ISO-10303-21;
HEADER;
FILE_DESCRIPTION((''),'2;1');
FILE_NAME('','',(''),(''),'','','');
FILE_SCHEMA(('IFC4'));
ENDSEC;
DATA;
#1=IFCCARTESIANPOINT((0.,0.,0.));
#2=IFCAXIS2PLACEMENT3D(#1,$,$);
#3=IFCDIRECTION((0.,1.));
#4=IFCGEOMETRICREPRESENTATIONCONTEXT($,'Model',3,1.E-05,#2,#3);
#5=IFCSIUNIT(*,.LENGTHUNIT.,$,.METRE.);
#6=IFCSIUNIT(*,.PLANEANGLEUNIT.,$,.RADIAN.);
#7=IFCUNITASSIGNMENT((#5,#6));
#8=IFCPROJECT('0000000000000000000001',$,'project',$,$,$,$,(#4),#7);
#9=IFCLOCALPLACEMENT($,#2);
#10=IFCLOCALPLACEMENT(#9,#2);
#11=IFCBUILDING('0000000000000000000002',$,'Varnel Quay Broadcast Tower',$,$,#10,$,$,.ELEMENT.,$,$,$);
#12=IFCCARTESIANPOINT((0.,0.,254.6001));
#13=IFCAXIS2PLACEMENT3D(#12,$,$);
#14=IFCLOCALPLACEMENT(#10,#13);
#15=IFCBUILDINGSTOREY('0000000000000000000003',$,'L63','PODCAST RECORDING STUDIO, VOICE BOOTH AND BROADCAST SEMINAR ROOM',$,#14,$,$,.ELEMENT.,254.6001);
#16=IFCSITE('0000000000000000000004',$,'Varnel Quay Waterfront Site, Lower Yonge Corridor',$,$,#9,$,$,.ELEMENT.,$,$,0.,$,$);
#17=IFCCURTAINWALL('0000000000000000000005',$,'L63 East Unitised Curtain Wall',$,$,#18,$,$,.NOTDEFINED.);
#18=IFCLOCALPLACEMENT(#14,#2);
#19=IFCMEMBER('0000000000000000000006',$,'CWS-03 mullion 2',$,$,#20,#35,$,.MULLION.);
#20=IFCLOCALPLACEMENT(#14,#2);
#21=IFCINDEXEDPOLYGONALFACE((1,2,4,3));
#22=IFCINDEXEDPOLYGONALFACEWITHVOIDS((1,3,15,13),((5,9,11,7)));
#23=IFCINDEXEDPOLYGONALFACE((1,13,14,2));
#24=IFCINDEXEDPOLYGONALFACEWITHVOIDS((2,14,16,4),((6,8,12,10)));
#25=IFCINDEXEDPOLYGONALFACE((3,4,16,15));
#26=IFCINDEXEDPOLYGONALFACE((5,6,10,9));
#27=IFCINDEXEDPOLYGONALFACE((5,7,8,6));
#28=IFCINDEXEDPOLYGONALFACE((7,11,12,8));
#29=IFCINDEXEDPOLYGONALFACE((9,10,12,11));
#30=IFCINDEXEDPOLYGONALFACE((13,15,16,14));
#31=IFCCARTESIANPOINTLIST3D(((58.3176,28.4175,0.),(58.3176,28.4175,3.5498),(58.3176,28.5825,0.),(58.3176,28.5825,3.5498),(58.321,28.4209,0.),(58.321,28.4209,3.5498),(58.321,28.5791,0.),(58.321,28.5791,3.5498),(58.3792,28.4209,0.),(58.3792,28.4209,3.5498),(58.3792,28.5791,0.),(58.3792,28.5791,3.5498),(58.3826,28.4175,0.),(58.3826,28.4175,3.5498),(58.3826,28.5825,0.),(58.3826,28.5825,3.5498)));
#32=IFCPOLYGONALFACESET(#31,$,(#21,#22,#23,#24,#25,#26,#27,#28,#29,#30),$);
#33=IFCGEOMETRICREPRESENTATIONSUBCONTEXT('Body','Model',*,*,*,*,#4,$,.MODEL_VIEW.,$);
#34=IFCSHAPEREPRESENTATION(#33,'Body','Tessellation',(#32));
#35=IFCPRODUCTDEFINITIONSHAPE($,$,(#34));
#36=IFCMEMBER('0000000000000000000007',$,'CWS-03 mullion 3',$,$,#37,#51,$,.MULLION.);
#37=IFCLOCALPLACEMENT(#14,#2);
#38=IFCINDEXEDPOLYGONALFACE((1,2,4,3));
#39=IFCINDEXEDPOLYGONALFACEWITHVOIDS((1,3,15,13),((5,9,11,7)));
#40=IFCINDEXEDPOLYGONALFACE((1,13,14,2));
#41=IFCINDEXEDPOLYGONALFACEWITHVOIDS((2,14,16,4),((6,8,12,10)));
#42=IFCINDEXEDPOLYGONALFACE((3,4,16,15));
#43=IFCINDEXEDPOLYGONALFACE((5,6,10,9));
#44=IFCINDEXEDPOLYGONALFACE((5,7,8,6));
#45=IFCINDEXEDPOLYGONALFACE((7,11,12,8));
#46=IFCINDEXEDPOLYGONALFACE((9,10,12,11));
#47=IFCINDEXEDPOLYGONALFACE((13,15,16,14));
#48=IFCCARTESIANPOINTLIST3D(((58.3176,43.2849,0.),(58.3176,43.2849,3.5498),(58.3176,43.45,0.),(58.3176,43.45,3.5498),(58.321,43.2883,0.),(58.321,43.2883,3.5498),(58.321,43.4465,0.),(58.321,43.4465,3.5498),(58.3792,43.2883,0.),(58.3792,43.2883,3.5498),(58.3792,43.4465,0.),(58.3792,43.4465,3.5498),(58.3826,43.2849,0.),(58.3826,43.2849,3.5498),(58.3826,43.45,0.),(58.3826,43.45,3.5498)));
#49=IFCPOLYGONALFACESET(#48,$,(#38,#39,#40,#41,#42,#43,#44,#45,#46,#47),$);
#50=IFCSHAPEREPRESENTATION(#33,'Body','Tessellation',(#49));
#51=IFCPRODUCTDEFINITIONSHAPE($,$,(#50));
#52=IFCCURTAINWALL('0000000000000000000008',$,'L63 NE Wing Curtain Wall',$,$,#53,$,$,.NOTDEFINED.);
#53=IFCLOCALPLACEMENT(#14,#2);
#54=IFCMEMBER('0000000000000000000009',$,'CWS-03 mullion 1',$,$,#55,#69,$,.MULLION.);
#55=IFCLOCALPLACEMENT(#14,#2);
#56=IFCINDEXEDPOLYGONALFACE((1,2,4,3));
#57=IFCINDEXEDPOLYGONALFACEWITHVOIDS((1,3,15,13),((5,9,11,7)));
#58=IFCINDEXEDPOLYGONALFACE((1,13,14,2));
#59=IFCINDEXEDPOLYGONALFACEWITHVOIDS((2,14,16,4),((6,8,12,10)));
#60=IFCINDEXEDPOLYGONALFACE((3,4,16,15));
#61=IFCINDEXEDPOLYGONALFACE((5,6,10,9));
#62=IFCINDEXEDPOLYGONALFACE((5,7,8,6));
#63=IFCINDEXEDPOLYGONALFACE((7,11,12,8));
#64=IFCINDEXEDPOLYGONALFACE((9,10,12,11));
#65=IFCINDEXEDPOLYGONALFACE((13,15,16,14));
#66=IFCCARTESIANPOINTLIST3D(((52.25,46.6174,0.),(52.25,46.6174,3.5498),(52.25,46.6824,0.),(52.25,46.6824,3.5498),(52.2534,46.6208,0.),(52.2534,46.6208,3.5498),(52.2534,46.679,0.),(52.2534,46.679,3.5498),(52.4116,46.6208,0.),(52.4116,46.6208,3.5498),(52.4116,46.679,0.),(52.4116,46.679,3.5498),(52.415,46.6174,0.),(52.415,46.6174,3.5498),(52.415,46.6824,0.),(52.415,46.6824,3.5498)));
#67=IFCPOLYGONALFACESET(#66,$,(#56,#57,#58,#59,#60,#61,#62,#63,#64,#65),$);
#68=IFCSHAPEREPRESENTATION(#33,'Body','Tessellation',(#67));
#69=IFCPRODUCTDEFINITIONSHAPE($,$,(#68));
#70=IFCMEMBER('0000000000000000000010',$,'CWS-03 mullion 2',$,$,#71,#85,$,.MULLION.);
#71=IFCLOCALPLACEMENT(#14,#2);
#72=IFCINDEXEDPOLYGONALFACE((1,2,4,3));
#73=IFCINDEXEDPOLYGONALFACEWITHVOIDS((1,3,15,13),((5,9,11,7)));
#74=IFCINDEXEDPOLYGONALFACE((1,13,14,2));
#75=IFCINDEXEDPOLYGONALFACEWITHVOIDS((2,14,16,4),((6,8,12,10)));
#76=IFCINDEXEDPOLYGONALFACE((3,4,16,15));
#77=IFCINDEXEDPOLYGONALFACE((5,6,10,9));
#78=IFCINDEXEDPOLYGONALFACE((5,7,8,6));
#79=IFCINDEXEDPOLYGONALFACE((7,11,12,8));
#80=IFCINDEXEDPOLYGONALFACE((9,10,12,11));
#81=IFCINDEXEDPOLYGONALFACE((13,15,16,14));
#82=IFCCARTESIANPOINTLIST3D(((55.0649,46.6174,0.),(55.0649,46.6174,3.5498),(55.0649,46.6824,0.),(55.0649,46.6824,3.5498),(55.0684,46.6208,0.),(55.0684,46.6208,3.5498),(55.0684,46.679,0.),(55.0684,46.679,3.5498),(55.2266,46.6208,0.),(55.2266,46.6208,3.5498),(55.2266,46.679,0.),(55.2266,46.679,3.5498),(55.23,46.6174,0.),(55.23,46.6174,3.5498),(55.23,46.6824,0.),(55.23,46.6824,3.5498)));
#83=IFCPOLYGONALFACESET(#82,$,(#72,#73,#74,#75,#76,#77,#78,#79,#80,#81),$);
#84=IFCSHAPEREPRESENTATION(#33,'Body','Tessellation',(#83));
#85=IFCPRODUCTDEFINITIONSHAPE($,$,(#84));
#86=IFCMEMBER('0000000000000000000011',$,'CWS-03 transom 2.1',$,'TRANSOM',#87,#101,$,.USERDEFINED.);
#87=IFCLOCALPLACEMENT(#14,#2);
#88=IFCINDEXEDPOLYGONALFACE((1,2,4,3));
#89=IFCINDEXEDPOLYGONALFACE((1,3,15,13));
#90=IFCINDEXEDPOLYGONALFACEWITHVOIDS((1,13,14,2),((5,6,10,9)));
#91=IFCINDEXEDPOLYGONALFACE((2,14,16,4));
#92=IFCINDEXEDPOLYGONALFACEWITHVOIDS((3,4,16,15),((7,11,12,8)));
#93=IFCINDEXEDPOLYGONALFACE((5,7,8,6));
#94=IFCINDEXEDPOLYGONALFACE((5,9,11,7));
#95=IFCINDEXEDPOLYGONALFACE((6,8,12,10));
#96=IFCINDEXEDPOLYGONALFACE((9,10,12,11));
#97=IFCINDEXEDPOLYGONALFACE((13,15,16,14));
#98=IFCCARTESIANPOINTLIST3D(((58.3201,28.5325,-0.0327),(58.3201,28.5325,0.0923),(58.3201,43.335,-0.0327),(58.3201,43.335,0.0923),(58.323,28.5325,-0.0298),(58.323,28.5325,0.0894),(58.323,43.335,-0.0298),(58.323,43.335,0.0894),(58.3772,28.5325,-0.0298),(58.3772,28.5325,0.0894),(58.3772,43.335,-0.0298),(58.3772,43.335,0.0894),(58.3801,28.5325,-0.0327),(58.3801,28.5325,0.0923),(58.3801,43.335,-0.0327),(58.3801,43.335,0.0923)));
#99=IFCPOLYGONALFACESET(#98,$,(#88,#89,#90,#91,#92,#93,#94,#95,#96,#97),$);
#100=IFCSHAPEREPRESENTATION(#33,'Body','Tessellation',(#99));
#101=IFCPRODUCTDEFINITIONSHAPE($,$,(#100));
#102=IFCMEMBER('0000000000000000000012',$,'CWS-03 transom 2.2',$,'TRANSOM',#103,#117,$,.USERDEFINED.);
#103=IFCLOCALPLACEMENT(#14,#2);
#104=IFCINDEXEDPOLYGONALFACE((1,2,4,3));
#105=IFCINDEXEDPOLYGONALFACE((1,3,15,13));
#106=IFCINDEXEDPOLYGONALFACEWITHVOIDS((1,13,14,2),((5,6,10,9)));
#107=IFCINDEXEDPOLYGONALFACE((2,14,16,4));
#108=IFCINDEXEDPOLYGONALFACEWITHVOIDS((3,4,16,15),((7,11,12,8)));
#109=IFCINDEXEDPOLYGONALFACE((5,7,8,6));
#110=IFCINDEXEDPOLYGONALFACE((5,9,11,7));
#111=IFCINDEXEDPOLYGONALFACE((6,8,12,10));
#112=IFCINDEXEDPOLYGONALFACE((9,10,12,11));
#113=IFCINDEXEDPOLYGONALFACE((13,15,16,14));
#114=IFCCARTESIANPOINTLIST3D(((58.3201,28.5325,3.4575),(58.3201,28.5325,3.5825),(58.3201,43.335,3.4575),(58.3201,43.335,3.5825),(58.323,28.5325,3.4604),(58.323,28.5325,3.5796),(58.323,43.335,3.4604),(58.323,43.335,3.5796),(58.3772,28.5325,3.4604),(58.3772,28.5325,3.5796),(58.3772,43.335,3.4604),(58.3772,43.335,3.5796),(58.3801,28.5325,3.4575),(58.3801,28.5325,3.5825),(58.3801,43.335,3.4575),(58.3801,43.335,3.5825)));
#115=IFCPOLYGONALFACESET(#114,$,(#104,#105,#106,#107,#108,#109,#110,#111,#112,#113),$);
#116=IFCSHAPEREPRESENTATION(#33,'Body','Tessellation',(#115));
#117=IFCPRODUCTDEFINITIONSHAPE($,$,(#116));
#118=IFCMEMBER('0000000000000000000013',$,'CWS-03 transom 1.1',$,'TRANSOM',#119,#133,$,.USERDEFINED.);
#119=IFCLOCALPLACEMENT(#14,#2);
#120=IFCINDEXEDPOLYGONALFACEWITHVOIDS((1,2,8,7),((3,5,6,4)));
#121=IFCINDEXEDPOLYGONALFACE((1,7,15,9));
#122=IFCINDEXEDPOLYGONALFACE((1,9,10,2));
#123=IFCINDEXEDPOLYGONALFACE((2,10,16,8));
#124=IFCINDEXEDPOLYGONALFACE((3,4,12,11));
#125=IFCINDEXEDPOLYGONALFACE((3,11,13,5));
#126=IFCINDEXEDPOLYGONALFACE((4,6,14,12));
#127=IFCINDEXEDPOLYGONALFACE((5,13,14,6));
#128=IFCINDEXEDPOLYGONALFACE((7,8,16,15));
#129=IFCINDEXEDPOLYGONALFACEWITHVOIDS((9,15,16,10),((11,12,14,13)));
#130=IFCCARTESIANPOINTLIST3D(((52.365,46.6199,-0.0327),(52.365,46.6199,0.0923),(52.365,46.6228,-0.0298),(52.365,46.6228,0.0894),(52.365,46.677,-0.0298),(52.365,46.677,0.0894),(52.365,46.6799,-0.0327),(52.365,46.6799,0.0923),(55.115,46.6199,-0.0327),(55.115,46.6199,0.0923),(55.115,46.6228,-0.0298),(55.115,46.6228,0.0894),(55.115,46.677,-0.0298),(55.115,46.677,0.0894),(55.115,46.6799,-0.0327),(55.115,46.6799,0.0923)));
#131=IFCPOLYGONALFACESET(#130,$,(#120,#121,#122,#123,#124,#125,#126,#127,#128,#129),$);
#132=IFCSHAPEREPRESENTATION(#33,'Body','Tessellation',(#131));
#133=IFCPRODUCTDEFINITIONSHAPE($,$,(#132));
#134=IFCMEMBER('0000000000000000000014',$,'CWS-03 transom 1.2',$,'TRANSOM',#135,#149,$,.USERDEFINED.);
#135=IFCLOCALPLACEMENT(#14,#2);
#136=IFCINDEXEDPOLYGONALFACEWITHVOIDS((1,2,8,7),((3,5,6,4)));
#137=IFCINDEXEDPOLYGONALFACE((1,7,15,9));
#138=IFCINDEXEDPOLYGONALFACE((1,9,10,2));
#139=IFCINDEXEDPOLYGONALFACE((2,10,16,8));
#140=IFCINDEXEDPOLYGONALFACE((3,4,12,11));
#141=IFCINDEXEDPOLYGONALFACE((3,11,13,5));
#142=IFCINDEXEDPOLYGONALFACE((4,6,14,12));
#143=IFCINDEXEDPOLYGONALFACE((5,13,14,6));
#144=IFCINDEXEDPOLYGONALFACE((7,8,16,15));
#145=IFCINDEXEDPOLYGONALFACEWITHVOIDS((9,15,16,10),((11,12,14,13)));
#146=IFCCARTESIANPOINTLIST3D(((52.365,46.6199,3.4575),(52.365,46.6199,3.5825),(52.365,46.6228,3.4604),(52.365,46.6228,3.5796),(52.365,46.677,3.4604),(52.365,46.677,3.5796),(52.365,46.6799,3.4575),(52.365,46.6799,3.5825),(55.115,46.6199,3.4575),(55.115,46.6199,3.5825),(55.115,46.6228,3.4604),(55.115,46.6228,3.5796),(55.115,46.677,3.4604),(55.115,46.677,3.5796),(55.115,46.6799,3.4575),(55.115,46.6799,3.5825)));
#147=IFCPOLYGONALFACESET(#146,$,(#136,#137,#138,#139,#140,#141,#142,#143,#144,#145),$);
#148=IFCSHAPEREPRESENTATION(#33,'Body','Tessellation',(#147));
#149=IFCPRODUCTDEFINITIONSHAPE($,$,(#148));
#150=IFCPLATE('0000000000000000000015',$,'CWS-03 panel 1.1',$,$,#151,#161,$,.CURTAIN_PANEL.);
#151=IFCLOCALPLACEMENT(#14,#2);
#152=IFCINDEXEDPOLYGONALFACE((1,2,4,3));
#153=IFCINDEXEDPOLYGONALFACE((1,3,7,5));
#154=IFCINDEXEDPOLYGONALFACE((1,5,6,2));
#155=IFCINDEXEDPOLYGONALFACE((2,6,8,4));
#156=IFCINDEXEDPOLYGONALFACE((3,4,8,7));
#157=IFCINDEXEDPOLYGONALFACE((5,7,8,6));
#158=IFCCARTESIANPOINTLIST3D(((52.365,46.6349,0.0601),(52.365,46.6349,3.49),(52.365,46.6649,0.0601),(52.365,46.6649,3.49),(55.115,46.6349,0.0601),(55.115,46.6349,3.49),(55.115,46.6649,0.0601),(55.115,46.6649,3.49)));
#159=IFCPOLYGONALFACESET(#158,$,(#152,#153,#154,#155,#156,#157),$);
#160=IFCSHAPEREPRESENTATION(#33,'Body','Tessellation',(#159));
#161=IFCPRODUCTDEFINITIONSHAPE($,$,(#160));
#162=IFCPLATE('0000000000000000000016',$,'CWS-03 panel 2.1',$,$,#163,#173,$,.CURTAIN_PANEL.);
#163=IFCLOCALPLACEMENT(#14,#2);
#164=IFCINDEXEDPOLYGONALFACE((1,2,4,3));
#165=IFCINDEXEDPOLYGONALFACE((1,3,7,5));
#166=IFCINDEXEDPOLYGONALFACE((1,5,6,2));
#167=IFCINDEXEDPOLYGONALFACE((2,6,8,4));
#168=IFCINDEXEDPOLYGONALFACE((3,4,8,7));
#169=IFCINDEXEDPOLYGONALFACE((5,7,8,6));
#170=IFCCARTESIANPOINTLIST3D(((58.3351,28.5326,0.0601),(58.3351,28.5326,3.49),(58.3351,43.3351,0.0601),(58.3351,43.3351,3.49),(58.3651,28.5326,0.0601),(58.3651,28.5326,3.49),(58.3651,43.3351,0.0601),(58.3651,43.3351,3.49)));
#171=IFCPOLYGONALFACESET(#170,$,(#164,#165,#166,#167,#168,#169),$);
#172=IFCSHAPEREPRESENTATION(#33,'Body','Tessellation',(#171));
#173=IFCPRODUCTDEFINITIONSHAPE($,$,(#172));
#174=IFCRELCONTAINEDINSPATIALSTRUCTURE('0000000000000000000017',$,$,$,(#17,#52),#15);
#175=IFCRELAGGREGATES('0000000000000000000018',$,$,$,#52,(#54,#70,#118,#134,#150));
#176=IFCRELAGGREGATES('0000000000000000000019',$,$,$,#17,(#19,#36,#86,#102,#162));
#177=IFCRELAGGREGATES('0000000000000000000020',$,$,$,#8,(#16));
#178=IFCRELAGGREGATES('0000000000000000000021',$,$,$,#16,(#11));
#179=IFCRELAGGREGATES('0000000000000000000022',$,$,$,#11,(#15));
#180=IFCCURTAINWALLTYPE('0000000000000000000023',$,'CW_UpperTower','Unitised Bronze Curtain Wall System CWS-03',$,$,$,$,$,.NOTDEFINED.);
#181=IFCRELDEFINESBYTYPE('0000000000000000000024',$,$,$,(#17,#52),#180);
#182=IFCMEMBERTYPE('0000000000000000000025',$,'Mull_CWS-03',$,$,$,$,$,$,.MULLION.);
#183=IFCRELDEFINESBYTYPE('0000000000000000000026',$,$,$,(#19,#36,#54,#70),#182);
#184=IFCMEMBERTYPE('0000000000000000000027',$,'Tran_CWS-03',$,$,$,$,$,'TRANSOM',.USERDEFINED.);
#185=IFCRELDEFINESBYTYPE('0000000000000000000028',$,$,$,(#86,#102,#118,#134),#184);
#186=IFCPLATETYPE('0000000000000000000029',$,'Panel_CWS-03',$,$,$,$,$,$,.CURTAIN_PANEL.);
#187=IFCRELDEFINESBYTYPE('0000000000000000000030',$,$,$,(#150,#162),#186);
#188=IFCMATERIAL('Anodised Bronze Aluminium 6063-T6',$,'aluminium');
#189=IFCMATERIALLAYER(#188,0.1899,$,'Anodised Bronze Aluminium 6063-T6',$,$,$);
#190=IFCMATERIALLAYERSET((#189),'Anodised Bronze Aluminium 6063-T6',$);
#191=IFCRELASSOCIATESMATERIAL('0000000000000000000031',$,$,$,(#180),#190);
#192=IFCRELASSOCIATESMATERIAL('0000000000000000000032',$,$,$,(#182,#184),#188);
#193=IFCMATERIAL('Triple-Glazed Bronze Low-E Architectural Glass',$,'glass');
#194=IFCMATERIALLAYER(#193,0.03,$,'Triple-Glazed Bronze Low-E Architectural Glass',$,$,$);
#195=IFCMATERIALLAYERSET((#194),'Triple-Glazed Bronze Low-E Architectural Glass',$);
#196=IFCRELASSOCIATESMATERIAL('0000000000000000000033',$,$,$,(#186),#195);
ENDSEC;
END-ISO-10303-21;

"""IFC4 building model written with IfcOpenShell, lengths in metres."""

from ifc_helpers import new_model, si_unit, direction, frame, origin, origin_2d, place, context, subcontext, project, spatial, rectangle, hollow_rectangle, extrude, source, transform, mapped, material, layer, layer_set, material_profile, profile_set, type_object, type_shapes, element, aggregate, save


model = new_model("IFC4")

# Units and contexts
model_context = context("Model", 3, precision=1e-05, world=origin(), true_north=direction((0.0, 1.0)))
body_context = subcontext(model_context, "Body", "Model", "MODEL_VIEW")
ifc_project = project(units=[si_unit("LENGTHUNIT", "METRE"), si_unit("PLANEANGLEUNIT", "RADIAN")], contexts=[model_context])

# Site, building, storey
site_placement = place(None, origin())
site = spatial("IfcSite", under=ifc_project, at=site_placement, Name="Varnel Quay Waterfront Site, Lower Yonge Corridor", CompositionType="ELEMENT", RefElevation=0.0)
building_placement = place(site_placement, origin())
building = spatial("IfcBuilding", under=site, at=building_placement, Name="Varnel Quay Broadcast Tower", CompositionType="ELEMENT")
storey_placement = place(building_placement, frame((0.0, 0.0, 254.6001)))
storey = spatial("IfcBuildingStorey", under=building, at=storey_placement, Name="L63", Description="PODCAST RECORDING STUDIO, VOICE BOOTH AND BROADCAST SEMINAR ROOM", CompositionType="ELEMENT", Elevation=254.6001)

# Curtain walls, members
ifc_material_1 = material(Name="Anodised Bronze Aluminium 6063-T6", Category="aluminium")
ifc_layer_1 = layer(ifc_material_1, 0.1899, Name="Anodised Bronze Aluminium 6063-T6")
ifc_layer_set_1 = layer_set([ifc_layer_1], Name="Anodised Bronze Aluminium 6063-T6")
curtain_wall_type = type_object("IfcCurtainWallType", Name="CW_UpperTower", Description="Unitised Bronze Curtain Wall System CWS-03", PredefinedType="NOTDEFINED", material=ifc_layer_set_1)
curtain_wall_1_placement = place(storey_placement, origin())
curtain_wall_1 = element("IfcCurtainWall", 1, at=curtain_wall_1_placement, inside=storey, type_object=curtain_wall_type, Name="L63 East Unitised Curtain Wall", PredefinedType="NOTDEFINED")
ifc_material_profile_1 = material_profile(ifc_material_1, hollow_rectangle(XDim=0.0649, YDim=0.165, WallThickness=0.0034, at=origin_2d()), Name="ALU65X165X3.5")
ifc_profile_set_1 = profile_set([ifc_material_profile_1], Name="Anodised Bronze Aluminium 6063-T6")
member_type_1 = type_object("IfcMemberType", Name="Mull_CWS-03", PredefinedType="MULLION", material=ifc_profile_set_1)
shared_shape_1 = source(origin(), body_context, "Body", "SweptSolid", [
    extrude(hollow_rectangle(XDim=0.0649, YDim=0.165, WallThickness=0.0034, at=origin_2d()), origin(), (0.0, 0.0, 1.0), 3.5498),
])
type_shapes(member_type_1, [shared_shape_1])
member_1_placement = place(storey_placement, frame((58.3501, 28.5, 0.0), z_axis=(0.0, 0.0, 1.0), x_axis=(-1.0, 0.0, 0.0)))
member_1 = element("IfcMember", 2, at=member_1_placement, type_object=member_type_1, Name="CWS-03 mullion 2", PredefinedType="MULLION", context=body_context, shape_type="MappedRepresentation", body=[
    mapped(shared_shape_1, transform((0.0, 0.0, 0.0), x_axis=(1.0, 0.0, 0.0), y_axis=(0.0, 1.0, 0.0), z_axis=(0.0, 0.0, 1.0), scale=1.0)),
])
member_2_placement = place(storey_placement, frame((58.3501, 43.3674, 0.0), z_axis=(0.0, 0.0, 1.0), x_axis=(-1.0, 0.0, 0.0)))
member_2 = element("IfcMember", 3, at=member_2_placement, type_object=member_type_1, Name="CWS-03 mullion 3", PredefinedType="MULLION", context=body_context, shape_type="MappedRepresentation", body=[
    mapped(shared_shape_1, transform((0.0, 0.0, 0.0), x_axis=(1.0, 0.0, 0.0), y_axis=(0.0, 1.0, 0.0), z_axis=(0.0, 0.0, 1.0), scale=1.0)),
])
curtain_wall_2_placement = place(storey_placement, origin())
curtain_wall_2 = element("IfcCurtainWall", 4, at=curtain_wall_2_placement, inside=storey, type_object=curtain_wall_type, Name="L63 NE Wing Curtain Wall", PredefinedType="NOTDEFINED")
member_3_placement = place(storey_placement, frame((52.3325, 46.6499, 0.0), z_axis=(0.0, 0.0, 1.0), x_axis=(0.0, 1.0, 0.0)))
member_3 = element("IfcMember", 5, at=member_3_placement, type_object=member_type_1, Name="CWS-03 mullion 1", PredefinedType="MULLION", context=body_context, shape_type="MappedRepresentation", body=[
    mapped(shared_shape_1, transform((0.0, 0.0, 0.0), x_axis=(1.0, 0.0, 0.0), y_axis=(0.0, 1.0, 0.0), z_axis=(0.0, 0.0, 1.0), scale=1.0)),
])
member_4_placement = place(storey_placement, frame((55.1475, 46.6499, 0.0), z_axis=(0.0, 0.0, 1.0), x_axis=(0.0, 1.0, 0.0)))
member_4 = element("IfcMember", 6, at=member_4_placement, type_object=member_type_1, Name="CWS-03 mullion 2", PredefinedType="MULLION", context=body_context, shape_type="MappedRepresentation", body=[
    mapped(shared_shape_1, transform((0.0, 0.0, 0.0), x_axis=(1.0, 0.0, 0.0), y_axis=(0.0, 1.0, 0.0), z_axis=(0.0, 0.0, 1.0), scale=1.0)),
])

# Members
ifc_material_profile_2 = material_profile(ifc_material_1, hollow_rectangle(XDim=0.0601, YDim=0.125, WallThickness=0.0029, at=origin_2d()), Name="ALU60X125X3")
ifc_profile_set_2 = profile_set([ifc_material_profile_2], Name="Anodised Bronze Aluminium 6063-T6")
member_type_2 = type_object("IfcMemberType", Name="Tran_CWS-03", ElementType="TRANSOM", PredefinedType="USERDEFINED", material=ifc_profile_set_2)
shared_shape_2 = source(origin(), body_context, "Body", "SweptSolid", [
    extrude(hollow_rectangle(XDim=0.0601, YDim=0.125, WallThickness=0.0029, at=origin_2d()), origin(), (0.0, 0.0, 1.0), 14.8025),
])
member_5_placement = place(storey_placement, frame((58.3501, 28.5325, 0.0298), z_axis=(0.0, 1.0, 0.0), x_axis=(-1.0, 0.0, 0.0)))
member_5 = element("IfcMember", 7, at=member_5_placement, type_object=member_type_2, Name="CWS-03 transom 2.1", ObjectType="TRANSOM", PredefinedType="USERDEFINED", context=body_context, shape_type="MappedRepresentation", body=[
    mapped(shared_shape_2, transform((0.0, 0.0, 0.0), x_axis=(1.0, 0.0, 0.0), y_axis=(0.0, 1.0, 0.0), z_axis=(0.0, 0.0, 1.0), scale=1.0)),
])
member_6_placement = place(storey_placement, frame((58.3501, 28.5325, 3.52), z_axis=(0.0, 1.0, 0.0), x_axis=(-1.0, 0.0, 0.0)))
member_6 = element("IfcMember", 8, at=member_6_placement, type_object=member_type_2, Name="CWS-03 transom 2.2", ObjectType="TRANSOM", PredefinedType="USERDEFINED", context=body_context, shape_type="MappedRepresentation", body=[
    mapped(shared_shape_2, transform((0.0, 0.0, 0.0), x_axis=(1.0, 0.0, 0.0), y_axis=(0.0, 1.0, 0.0), z_axis=(0.0, 0.0, 1.0), scale=1.0)),
])
shared_shape_3 = source(origin(), body_context, "Body", "SweptSolid", [
    extrude(hollow_rectangle(XDim=0.0601, YDim=0.125, WallThickness=0.0029, at=origin_2d()), origin(), (0.0, 0.0, 1.0), 2.75),
])
type_shapes(member_type_2, [shared_shape_2, shared_shape_3])
member_7_placement = place(storey_placement, frame((52.365, 46.6499, 0.0298), z_axis=(1.0, 0.0, 0.0), x_axis=(0.0, 1.0, 0.0)))
member_7 = element("IfcMember", 9, at=member_7_placement, type_object=member_type_2, Name="CWS-03 transom 1.1", ObjectType="TRANSOM", PredefinedType="USERDEFINED", context=body_context, shape_type="MappedRepresentation", body=[
    mapped(shared_shape_3, transform((0.0, 0.0, 0.0), x_axis=(1.0, 0.0, 0.0), y_axis=(0.0, 1.0, 0.0), z_axis=(0.0, 0.0, 1.0), scale=1.0)),
])
member_8_placement = place(storey_placement, frame((52.365, 46.6499, 3.52), z_axis=(1.0, 0.0, 0.0), x_axis=(0.0, 1.0, 0.0)))
member_8 = element("IfcMember", 10, at=member_8_placement, type_object=member_type_2, Name="CWS-03 transom 1.2", ObjectType="TRANSOM", PredefinedType="USERDEFINED", context=body_context, shape_type="MappedRepresentation", body=[
    mapped(shared_shape_3, transform((0.0, 0.0, 0.0), x_axis=(1.0, 0.0, 0.0), y_axis=(0.0, 1.0, 0.0), z_axis=(0.0, 0.0, 1.0), scale=1.0)),
])

# Plates
ifc_material_2 = material(Name="Triple-Glazed Bronze Low-E Architectural Glass", Category="glass")
ifc_layer_2 = layer(ifc_material_2, 0.03, Name="Triple-Glazed Bronze Low-E Architectural Glass")
ifc_layer_set_2 = layer_set([ifc_layer_2], Name="Triple-Glazed Bronze Low-E Architectural Glass")
plate_type = type_object("IfcPlateType", Name="Panel_CWS-03", PredefinedType="CURTAIN_PANEL", material=ifc_layer_set_2)
shared_shape_4 = source(origin(), body_context, "Body", "SweptSolid", [
    extrude(rectangle(XDim=2.75, YDim=0.03, at=origin_2d()), origin(), (0.0, 0.0, 1.0), 3.4299),
])
plate_1_placement = place(storey_placement, frame((53.74, 46.6499, 0.0601), z_axis=(0.0, 0.0, 1.0), x_axis=(1.0, 0.0, 0.0)))
plate_1 = element("IfcPlate", 11, at=plate_1_placement, type_object=plate_type, Name="CWS-03 panel 1.1", PredefinedType="CURTAIN_PANEL", context=body_context, shape_type="MappedRepresentation", body=[
    mapped(shared_shape_4, transform((0.0, 0.0, 0.0), x_axis=(1.0, 0.0, 0.0), y_axis=(0.0, 1.0, 0.0), z_axis=(0.0, 0.0, 1.0), scale=1.0)),
])
aggregate(curtain_wall_2, [member_3, member_4, member_7, member_8, plate_1])
shared_shape_5 = source(origin(), body_context, "Body", "SweptSolid", [
    extrude(rectangle(XDim=14.8025, YDim=0.03, at=origin_2d()), origin(), (0.0, 0.0, 1.0), 3.4299),
])
type_shapes(plate_type, [shared_shape_4, shared_shape_5])
plate_2_placement = place(storey_placement, frame((58.3501, 35.9338, 0.0601), z_axis=(0.0, 0.0, 1.0), x_axis=(0.0, 1.0, 0.0)))
plate_2 = element("IfcPlate", 12, at=plate_2_placement, type_object=plate_type, Name="CWS-03 panel 2.1", PredefinedType="CURTAIN_PANEL", context=body_context, shape_type="MappedRepresentation", body=[
    mapped(shared_shape_5, transform((0.0, 0.0, 0.0), x_axis=(1.0, 0.0, 0.0), y_axis=(0.0, 1.0, 0.0), z_axis=(0.0, 0.0, 1.0), scale=1.0)),
])
aggregate(curtain_wall_1, [member_1, member_2, member_5, member_6, plate_2])

save(model, "model.ifc")
